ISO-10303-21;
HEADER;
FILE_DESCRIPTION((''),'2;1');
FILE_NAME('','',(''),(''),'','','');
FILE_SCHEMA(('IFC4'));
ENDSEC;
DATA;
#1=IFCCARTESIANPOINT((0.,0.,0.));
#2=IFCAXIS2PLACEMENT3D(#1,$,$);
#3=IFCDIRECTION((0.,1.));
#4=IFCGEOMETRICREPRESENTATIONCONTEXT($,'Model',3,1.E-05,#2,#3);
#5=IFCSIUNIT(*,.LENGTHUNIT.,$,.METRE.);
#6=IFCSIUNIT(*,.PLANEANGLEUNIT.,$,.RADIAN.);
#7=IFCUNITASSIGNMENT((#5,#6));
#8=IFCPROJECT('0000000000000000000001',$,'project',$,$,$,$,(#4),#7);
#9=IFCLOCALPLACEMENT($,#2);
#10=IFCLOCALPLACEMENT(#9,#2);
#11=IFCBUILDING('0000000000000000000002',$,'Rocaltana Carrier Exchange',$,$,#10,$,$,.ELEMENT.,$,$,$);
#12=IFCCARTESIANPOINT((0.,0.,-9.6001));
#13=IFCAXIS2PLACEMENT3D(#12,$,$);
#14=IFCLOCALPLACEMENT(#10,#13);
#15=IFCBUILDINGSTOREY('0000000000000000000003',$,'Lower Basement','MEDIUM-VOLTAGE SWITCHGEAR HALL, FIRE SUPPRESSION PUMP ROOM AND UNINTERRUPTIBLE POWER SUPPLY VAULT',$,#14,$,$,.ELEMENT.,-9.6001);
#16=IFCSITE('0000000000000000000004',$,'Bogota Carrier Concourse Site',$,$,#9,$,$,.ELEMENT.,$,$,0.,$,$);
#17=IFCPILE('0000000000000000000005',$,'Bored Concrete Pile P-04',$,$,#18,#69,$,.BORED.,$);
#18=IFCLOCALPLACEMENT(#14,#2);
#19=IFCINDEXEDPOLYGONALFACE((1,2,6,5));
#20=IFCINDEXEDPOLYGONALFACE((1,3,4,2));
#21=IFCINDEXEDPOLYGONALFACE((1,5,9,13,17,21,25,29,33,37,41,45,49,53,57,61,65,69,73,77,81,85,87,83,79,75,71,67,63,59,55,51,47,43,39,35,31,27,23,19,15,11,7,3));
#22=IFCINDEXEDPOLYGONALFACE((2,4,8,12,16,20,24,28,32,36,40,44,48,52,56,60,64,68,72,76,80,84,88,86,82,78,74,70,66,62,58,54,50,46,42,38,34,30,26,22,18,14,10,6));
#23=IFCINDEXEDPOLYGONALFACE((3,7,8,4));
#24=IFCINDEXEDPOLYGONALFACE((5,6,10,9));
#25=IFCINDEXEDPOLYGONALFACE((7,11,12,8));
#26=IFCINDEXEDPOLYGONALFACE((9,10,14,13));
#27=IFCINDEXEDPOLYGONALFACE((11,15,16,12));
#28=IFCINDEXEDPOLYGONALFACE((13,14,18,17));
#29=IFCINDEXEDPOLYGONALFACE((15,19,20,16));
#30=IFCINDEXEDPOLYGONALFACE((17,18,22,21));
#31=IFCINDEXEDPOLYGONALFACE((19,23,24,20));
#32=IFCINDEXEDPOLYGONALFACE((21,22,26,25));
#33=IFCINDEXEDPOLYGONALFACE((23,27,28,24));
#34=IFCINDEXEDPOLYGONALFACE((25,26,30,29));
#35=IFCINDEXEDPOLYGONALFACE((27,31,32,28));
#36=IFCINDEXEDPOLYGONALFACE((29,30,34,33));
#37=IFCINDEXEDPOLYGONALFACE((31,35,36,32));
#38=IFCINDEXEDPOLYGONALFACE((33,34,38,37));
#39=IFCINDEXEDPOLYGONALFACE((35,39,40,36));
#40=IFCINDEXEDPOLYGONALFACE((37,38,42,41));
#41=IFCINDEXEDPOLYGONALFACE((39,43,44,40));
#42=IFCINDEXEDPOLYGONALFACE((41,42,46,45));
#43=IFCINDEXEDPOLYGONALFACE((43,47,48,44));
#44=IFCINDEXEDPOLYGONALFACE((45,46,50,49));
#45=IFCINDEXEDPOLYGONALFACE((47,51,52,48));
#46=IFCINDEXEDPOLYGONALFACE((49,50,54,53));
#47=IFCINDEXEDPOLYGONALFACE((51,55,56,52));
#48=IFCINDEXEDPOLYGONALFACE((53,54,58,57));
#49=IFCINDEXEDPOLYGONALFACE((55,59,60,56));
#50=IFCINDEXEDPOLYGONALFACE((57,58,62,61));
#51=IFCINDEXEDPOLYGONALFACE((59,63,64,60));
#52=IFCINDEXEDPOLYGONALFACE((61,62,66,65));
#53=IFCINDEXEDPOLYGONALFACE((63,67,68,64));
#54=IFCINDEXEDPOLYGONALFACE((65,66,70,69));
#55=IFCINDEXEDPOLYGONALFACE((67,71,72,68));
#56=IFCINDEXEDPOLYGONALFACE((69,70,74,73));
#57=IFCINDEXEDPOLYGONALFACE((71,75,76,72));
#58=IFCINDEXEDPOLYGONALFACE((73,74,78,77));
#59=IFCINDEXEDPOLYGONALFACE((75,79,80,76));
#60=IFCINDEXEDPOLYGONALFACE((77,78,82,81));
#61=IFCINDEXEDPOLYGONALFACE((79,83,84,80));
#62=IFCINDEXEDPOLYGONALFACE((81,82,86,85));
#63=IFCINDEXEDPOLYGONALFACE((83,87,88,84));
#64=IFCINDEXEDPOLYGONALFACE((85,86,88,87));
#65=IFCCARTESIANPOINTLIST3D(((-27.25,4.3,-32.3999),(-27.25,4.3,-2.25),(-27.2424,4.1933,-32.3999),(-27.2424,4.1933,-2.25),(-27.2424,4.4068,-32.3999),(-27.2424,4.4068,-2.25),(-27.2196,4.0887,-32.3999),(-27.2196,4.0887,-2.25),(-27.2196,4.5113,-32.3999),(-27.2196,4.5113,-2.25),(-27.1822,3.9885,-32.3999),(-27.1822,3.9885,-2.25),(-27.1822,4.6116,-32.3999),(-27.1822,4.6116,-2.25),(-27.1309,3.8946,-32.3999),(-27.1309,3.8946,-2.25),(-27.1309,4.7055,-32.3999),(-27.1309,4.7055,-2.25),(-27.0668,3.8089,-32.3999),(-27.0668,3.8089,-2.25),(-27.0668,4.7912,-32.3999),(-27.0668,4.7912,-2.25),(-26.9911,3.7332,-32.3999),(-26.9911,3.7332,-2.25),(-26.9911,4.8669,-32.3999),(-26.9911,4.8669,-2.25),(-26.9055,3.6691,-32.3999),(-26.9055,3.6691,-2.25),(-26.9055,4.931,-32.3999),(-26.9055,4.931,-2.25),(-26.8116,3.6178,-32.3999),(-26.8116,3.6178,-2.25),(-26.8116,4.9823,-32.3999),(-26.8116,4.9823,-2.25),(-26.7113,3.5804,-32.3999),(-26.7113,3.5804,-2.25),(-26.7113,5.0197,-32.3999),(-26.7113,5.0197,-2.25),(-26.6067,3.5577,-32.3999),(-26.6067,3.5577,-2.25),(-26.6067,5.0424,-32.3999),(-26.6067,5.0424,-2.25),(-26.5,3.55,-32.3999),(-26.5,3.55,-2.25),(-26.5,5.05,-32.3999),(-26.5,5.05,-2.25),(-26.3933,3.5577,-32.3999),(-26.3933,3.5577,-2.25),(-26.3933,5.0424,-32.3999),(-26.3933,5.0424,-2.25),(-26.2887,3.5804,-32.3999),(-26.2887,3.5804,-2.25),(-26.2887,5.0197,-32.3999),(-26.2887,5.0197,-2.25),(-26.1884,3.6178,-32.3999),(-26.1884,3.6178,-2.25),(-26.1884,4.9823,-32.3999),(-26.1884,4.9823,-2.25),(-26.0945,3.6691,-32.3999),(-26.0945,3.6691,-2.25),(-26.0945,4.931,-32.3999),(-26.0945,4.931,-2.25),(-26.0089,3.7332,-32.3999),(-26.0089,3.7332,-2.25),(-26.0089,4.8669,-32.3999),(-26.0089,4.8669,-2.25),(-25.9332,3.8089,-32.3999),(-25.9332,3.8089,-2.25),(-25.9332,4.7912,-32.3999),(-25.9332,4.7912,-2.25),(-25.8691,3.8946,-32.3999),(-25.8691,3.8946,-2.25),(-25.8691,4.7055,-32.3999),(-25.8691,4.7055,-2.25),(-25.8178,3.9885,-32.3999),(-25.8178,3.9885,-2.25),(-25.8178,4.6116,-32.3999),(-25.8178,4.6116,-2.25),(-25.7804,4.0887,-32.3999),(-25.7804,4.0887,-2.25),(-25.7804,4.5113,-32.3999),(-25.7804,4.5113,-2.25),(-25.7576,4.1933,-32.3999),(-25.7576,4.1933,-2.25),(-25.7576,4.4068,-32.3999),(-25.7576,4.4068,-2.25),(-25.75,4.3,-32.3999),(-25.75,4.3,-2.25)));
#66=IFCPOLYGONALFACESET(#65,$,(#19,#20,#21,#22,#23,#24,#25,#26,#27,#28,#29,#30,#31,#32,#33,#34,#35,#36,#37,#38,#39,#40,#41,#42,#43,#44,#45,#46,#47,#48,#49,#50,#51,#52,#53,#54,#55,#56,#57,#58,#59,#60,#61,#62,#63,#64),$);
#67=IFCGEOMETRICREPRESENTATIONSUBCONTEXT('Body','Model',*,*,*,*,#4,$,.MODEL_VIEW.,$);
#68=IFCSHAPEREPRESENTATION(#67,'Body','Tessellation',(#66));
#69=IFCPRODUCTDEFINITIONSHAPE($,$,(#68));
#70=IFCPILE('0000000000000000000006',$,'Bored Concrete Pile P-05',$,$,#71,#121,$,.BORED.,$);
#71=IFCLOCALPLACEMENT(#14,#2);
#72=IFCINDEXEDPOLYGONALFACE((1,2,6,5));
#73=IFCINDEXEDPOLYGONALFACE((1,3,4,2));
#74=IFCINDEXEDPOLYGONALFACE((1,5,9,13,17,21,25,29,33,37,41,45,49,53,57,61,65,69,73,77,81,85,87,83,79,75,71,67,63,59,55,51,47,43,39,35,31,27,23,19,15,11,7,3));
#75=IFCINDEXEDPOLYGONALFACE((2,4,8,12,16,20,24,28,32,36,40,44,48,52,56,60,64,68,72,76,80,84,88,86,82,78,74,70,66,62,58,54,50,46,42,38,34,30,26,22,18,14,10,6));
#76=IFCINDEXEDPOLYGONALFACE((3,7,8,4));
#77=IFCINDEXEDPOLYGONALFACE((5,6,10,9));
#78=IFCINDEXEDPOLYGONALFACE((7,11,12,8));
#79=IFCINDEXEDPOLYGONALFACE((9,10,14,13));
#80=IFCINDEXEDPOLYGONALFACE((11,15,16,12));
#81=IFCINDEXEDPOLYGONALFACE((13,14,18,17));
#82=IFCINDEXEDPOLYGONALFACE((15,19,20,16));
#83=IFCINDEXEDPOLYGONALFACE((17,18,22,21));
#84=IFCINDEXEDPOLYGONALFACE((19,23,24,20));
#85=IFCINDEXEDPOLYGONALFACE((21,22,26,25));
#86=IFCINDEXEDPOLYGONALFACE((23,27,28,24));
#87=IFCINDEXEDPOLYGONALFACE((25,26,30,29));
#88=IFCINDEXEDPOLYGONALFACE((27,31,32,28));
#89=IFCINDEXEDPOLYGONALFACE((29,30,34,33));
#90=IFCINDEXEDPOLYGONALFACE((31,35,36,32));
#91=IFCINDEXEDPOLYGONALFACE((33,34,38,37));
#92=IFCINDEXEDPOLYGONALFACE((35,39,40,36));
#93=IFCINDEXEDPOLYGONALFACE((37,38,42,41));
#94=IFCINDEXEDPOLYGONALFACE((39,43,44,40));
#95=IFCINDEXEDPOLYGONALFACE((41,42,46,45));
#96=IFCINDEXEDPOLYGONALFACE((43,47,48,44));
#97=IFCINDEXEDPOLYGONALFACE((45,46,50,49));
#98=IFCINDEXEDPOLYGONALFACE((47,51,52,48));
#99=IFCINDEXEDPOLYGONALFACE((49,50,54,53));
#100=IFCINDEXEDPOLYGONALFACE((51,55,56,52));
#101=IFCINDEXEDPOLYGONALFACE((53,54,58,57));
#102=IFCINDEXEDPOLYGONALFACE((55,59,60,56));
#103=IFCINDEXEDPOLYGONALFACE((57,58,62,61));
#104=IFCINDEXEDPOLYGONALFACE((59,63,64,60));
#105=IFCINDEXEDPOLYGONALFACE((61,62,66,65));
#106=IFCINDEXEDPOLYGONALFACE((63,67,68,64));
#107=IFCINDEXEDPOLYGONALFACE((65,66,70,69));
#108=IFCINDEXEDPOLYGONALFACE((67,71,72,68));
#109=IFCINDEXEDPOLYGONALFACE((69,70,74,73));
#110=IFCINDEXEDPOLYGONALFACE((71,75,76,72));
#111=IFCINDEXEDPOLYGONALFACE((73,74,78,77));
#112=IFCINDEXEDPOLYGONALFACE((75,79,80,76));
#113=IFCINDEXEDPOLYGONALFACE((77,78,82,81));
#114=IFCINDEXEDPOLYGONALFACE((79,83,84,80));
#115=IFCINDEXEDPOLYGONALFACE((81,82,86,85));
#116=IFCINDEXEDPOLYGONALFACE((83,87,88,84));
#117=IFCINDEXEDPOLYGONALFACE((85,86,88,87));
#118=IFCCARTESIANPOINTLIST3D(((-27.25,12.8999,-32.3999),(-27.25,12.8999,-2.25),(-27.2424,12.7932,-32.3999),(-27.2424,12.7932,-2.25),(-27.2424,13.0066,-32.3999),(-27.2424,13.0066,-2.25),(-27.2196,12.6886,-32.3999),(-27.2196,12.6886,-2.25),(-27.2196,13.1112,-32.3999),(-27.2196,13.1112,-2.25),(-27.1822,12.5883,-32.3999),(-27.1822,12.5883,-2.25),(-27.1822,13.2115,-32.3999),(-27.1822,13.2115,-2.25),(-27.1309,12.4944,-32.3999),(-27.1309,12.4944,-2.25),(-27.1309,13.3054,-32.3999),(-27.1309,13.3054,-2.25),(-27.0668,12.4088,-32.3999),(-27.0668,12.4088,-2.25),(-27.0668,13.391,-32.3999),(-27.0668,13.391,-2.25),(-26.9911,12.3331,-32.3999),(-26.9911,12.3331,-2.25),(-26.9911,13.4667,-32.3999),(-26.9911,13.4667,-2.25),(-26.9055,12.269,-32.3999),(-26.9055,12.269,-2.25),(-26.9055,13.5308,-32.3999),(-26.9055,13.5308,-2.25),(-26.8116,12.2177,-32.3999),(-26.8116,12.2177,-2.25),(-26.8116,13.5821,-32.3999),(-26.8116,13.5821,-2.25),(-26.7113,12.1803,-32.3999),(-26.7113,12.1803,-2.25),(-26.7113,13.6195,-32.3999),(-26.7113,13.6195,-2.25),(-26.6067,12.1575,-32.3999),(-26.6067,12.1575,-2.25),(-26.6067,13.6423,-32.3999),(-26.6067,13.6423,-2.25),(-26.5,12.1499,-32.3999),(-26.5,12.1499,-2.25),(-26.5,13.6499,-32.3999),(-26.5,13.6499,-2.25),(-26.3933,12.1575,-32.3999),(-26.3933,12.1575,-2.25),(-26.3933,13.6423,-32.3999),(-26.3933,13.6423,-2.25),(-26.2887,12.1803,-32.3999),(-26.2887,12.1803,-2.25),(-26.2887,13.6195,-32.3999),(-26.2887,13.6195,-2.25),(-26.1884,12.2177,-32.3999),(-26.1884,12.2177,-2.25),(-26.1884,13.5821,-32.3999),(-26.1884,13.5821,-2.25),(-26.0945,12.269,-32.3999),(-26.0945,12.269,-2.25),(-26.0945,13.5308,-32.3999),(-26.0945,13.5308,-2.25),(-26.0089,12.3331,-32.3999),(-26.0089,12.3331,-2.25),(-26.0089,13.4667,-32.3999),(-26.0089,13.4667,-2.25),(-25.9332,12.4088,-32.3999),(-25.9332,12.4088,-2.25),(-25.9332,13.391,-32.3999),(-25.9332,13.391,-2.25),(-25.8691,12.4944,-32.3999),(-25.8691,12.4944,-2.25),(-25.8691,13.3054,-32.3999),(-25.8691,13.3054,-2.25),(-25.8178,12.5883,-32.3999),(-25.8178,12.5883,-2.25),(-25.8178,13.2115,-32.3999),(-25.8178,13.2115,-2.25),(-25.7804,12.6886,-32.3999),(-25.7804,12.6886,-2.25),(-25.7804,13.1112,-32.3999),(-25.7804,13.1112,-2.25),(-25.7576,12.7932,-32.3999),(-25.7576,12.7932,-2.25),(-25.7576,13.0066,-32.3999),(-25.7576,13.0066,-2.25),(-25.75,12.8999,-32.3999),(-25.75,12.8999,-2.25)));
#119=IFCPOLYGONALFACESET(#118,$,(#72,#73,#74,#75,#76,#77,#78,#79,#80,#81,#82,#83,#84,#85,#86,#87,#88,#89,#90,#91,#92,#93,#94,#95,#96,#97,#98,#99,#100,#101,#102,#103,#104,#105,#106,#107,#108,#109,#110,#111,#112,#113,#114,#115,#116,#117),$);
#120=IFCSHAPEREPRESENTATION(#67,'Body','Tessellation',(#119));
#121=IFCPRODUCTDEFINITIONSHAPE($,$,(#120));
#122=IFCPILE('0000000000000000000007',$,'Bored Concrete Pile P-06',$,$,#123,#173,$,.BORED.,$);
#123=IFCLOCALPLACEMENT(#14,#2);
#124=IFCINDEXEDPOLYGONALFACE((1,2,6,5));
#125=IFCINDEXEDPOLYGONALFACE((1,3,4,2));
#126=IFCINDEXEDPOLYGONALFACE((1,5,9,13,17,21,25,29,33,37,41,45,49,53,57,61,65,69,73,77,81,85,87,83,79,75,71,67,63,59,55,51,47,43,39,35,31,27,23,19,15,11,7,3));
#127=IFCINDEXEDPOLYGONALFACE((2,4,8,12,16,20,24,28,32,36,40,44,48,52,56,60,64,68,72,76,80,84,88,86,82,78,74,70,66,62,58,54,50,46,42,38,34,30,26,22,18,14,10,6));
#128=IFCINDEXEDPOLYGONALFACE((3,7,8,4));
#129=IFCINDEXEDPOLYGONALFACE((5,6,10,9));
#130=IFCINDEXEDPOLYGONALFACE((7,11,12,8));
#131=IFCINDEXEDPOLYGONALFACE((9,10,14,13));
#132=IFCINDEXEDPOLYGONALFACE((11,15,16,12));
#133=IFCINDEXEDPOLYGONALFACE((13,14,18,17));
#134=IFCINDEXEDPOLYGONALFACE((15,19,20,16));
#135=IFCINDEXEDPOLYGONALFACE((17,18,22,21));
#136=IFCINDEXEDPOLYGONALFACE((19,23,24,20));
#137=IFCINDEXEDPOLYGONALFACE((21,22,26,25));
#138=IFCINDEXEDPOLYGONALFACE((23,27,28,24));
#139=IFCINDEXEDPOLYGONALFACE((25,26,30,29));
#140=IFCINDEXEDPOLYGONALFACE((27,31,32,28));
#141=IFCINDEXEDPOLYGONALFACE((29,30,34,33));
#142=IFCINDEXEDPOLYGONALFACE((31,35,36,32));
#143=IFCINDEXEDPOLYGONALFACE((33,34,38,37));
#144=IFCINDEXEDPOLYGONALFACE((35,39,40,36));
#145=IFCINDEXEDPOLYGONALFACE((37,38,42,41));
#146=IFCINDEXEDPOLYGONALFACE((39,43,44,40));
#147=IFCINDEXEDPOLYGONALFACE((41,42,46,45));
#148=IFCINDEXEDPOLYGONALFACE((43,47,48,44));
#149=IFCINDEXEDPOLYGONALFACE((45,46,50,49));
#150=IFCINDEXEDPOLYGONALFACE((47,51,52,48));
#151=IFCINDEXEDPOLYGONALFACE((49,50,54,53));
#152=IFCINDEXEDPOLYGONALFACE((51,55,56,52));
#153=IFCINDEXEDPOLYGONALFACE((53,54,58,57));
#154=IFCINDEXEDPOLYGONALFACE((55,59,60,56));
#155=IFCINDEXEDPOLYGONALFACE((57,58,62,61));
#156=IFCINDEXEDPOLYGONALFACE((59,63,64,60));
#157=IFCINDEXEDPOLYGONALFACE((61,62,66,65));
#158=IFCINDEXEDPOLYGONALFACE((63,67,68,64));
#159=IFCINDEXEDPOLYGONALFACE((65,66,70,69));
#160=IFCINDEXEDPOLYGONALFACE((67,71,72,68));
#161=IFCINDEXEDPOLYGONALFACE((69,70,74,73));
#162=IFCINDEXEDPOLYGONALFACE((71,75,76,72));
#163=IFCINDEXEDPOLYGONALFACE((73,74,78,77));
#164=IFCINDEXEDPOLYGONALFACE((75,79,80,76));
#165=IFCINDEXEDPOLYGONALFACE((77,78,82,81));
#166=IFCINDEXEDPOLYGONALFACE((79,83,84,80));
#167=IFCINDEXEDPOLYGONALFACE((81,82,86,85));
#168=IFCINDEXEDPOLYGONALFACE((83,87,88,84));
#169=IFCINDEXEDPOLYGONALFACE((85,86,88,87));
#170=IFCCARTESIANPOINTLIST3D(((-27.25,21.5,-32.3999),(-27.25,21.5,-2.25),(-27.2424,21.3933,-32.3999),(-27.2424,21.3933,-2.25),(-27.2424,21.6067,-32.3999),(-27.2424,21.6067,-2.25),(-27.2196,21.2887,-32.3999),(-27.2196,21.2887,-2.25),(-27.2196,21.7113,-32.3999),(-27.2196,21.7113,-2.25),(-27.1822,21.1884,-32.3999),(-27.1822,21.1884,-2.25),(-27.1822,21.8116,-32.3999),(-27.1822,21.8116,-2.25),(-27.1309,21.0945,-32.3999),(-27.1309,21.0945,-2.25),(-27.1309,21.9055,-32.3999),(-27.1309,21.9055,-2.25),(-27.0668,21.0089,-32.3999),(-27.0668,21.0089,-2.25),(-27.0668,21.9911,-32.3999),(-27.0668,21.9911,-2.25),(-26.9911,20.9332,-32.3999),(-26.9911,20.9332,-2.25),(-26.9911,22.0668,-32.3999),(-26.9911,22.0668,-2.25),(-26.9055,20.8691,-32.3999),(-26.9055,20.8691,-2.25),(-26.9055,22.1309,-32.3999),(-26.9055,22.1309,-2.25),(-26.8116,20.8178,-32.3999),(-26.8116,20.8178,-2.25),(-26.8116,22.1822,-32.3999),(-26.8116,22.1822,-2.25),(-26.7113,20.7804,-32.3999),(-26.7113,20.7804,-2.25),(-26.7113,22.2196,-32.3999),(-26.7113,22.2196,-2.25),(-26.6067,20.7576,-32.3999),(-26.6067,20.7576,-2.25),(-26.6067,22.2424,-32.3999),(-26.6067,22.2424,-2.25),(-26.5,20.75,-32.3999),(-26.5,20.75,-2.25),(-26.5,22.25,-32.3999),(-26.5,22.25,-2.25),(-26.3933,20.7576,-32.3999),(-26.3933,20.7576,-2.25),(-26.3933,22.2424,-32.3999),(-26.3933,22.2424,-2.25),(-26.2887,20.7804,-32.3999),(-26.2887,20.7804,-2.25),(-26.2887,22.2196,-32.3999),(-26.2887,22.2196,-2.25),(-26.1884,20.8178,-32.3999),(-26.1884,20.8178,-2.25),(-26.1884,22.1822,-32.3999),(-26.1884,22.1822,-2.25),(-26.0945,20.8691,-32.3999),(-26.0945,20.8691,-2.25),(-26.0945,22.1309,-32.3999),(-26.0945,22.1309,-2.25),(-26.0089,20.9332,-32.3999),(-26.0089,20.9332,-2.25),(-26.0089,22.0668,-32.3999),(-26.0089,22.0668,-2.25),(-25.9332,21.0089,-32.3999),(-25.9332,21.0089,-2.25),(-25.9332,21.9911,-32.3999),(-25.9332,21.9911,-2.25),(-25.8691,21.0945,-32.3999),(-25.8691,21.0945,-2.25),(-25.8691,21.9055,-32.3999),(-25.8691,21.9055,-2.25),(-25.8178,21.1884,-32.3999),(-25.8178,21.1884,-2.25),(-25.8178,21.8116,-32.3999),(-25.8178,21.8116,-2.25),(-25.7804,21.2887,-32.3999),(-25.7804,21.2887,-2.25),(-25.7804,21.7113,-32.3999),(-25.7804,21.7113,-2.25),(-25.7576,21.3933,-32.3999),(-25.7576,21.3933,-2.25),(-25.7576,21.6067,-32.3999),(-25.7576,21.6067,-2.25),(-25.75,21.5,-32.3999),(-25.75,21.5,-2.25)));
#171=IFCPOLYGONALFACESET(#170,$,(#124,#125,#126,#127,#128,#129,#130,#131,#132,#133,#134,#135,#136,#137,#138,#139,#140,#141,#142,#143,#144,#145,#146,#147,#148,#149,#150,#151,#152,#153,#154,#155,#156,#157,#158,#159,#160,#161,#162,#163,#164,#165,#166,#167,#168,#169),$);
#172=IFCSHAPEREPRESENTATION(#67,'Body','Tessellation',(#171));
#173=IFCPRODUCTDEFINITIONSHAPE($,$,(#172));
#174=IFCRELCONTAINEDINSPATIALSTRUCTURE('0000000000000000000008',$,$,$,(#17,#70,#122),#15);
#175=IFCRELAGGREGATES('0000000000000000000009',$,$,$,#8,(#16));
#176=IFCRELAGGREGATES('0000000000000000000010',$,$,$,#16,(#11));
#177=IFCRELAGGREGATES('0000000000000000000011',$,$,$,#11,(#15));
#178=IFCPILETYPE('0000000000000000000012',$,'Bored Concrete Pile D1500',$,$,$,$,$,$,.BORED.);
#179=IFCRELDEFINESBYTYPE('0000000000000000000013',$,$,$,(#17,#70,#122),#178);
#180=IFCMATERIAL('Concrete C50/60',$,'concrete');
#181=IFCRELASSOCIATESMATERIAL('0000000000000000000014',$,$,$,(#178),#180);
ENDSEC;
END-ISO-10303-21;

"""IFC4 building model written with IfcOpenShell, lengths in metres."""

from ifc_helpers import new_model, si_unit, direction, frame, origin, origin_2d, place, context, subcontext, project, spatial, circle, extrude, material, material_profile, profile_set, type_object, element, save


model = new_model("IFC4")

# Units and contexts
model_context = context("Model", 3, precision=1e-05, world=origin(), true_north=direction((0.0, 1.0)))
body_context = subcontext(model_context, "Body", "Model", "MODEL_VIEW")
ifc_project = project(units=[si_unit("LENGTHUNIT", "METRE"), si_unit("PLANEANGLEUNIT", "RADIAN")], contexts=[model_context])

# Site, building, storey
site_placement = place(None, origin())
site = spatial("IfcSite", under=ifc_project, at=site_placement, Name="Bogota Carrier Concourse Site", CompositionType="ELEMENT", RefElevation=0.0)
building_placement = place(site_placement, origin())
building = spatial("IfcBuilding", under=site, at=building_placement, Name="Rocaltana Carrier Exchange", CompositionType="ELEMENT")
storey_placement = place(building_placement, frame((0.0, 0.0, -9.6001)))
storey = spatial("IfcBuildingStorey", under=building, at=storey_placement, Name="Lower Basement", Description="MEDIUM-VOLTAGE SWITCHGEAR HALL, FIRE SUPPRESSION PUMP ROOM AND UNINTERRUPTIBLE POWER SUPPLY VAULT", CompositionType="ELEMENT", Elevation=-9.6001)

# Piles
ifc_material_1 = material(Name="Concrete C50/60", Category="concrete")
ifc_material_profile_1 = material_profile(ifc_material_1, circle(Radius=0.75, at=origin_2d()), Name="PILE-D1500")
ifc_profile_set_1 = profile_set([ifc_material_profile_1], Name="Concrete C50/60")
pile_type = type_object("IfcPileType", Name="Bored Concrete Pile D1500", PredefinedType="BORED", material=ifc_profile_set_1)
for number, where, z_axis, x_axis, name in (
    (1, (-26.5, 4.3, -2.25), (0.0, 0.0, -1.0), (1.0, 0.0, 0.0), "Bored Concrete Pile P-04"),
    (2, (-26.5, 12.8999, -2.25), (0.0, 0.0, -1.0), (1.0, 0.0, 0.0), "Bored Concrete Pile P-05"),
    (3, (-26.5, 21.5, -2.25), (0.0, 0.0, -1.0), (1.0, 0.0, 0.0), "Bored Concrete Pile P-06"),
):
    element("IfcPile", number, at=place(storey_placement, frame(where, z_axis=z_axis, x_axis=x_axis)), inside=storey, type_object=pile_type, Name=name, PredefinedType="BORED", context=body_context, shape_type="SweptSolid", body=[
        extrude(circle(Radius=0.75, at=origin_2d()), origin(), (0.0, 0.0, 1.0), 30.1499),
    ])

save(model, "model.ifc")
